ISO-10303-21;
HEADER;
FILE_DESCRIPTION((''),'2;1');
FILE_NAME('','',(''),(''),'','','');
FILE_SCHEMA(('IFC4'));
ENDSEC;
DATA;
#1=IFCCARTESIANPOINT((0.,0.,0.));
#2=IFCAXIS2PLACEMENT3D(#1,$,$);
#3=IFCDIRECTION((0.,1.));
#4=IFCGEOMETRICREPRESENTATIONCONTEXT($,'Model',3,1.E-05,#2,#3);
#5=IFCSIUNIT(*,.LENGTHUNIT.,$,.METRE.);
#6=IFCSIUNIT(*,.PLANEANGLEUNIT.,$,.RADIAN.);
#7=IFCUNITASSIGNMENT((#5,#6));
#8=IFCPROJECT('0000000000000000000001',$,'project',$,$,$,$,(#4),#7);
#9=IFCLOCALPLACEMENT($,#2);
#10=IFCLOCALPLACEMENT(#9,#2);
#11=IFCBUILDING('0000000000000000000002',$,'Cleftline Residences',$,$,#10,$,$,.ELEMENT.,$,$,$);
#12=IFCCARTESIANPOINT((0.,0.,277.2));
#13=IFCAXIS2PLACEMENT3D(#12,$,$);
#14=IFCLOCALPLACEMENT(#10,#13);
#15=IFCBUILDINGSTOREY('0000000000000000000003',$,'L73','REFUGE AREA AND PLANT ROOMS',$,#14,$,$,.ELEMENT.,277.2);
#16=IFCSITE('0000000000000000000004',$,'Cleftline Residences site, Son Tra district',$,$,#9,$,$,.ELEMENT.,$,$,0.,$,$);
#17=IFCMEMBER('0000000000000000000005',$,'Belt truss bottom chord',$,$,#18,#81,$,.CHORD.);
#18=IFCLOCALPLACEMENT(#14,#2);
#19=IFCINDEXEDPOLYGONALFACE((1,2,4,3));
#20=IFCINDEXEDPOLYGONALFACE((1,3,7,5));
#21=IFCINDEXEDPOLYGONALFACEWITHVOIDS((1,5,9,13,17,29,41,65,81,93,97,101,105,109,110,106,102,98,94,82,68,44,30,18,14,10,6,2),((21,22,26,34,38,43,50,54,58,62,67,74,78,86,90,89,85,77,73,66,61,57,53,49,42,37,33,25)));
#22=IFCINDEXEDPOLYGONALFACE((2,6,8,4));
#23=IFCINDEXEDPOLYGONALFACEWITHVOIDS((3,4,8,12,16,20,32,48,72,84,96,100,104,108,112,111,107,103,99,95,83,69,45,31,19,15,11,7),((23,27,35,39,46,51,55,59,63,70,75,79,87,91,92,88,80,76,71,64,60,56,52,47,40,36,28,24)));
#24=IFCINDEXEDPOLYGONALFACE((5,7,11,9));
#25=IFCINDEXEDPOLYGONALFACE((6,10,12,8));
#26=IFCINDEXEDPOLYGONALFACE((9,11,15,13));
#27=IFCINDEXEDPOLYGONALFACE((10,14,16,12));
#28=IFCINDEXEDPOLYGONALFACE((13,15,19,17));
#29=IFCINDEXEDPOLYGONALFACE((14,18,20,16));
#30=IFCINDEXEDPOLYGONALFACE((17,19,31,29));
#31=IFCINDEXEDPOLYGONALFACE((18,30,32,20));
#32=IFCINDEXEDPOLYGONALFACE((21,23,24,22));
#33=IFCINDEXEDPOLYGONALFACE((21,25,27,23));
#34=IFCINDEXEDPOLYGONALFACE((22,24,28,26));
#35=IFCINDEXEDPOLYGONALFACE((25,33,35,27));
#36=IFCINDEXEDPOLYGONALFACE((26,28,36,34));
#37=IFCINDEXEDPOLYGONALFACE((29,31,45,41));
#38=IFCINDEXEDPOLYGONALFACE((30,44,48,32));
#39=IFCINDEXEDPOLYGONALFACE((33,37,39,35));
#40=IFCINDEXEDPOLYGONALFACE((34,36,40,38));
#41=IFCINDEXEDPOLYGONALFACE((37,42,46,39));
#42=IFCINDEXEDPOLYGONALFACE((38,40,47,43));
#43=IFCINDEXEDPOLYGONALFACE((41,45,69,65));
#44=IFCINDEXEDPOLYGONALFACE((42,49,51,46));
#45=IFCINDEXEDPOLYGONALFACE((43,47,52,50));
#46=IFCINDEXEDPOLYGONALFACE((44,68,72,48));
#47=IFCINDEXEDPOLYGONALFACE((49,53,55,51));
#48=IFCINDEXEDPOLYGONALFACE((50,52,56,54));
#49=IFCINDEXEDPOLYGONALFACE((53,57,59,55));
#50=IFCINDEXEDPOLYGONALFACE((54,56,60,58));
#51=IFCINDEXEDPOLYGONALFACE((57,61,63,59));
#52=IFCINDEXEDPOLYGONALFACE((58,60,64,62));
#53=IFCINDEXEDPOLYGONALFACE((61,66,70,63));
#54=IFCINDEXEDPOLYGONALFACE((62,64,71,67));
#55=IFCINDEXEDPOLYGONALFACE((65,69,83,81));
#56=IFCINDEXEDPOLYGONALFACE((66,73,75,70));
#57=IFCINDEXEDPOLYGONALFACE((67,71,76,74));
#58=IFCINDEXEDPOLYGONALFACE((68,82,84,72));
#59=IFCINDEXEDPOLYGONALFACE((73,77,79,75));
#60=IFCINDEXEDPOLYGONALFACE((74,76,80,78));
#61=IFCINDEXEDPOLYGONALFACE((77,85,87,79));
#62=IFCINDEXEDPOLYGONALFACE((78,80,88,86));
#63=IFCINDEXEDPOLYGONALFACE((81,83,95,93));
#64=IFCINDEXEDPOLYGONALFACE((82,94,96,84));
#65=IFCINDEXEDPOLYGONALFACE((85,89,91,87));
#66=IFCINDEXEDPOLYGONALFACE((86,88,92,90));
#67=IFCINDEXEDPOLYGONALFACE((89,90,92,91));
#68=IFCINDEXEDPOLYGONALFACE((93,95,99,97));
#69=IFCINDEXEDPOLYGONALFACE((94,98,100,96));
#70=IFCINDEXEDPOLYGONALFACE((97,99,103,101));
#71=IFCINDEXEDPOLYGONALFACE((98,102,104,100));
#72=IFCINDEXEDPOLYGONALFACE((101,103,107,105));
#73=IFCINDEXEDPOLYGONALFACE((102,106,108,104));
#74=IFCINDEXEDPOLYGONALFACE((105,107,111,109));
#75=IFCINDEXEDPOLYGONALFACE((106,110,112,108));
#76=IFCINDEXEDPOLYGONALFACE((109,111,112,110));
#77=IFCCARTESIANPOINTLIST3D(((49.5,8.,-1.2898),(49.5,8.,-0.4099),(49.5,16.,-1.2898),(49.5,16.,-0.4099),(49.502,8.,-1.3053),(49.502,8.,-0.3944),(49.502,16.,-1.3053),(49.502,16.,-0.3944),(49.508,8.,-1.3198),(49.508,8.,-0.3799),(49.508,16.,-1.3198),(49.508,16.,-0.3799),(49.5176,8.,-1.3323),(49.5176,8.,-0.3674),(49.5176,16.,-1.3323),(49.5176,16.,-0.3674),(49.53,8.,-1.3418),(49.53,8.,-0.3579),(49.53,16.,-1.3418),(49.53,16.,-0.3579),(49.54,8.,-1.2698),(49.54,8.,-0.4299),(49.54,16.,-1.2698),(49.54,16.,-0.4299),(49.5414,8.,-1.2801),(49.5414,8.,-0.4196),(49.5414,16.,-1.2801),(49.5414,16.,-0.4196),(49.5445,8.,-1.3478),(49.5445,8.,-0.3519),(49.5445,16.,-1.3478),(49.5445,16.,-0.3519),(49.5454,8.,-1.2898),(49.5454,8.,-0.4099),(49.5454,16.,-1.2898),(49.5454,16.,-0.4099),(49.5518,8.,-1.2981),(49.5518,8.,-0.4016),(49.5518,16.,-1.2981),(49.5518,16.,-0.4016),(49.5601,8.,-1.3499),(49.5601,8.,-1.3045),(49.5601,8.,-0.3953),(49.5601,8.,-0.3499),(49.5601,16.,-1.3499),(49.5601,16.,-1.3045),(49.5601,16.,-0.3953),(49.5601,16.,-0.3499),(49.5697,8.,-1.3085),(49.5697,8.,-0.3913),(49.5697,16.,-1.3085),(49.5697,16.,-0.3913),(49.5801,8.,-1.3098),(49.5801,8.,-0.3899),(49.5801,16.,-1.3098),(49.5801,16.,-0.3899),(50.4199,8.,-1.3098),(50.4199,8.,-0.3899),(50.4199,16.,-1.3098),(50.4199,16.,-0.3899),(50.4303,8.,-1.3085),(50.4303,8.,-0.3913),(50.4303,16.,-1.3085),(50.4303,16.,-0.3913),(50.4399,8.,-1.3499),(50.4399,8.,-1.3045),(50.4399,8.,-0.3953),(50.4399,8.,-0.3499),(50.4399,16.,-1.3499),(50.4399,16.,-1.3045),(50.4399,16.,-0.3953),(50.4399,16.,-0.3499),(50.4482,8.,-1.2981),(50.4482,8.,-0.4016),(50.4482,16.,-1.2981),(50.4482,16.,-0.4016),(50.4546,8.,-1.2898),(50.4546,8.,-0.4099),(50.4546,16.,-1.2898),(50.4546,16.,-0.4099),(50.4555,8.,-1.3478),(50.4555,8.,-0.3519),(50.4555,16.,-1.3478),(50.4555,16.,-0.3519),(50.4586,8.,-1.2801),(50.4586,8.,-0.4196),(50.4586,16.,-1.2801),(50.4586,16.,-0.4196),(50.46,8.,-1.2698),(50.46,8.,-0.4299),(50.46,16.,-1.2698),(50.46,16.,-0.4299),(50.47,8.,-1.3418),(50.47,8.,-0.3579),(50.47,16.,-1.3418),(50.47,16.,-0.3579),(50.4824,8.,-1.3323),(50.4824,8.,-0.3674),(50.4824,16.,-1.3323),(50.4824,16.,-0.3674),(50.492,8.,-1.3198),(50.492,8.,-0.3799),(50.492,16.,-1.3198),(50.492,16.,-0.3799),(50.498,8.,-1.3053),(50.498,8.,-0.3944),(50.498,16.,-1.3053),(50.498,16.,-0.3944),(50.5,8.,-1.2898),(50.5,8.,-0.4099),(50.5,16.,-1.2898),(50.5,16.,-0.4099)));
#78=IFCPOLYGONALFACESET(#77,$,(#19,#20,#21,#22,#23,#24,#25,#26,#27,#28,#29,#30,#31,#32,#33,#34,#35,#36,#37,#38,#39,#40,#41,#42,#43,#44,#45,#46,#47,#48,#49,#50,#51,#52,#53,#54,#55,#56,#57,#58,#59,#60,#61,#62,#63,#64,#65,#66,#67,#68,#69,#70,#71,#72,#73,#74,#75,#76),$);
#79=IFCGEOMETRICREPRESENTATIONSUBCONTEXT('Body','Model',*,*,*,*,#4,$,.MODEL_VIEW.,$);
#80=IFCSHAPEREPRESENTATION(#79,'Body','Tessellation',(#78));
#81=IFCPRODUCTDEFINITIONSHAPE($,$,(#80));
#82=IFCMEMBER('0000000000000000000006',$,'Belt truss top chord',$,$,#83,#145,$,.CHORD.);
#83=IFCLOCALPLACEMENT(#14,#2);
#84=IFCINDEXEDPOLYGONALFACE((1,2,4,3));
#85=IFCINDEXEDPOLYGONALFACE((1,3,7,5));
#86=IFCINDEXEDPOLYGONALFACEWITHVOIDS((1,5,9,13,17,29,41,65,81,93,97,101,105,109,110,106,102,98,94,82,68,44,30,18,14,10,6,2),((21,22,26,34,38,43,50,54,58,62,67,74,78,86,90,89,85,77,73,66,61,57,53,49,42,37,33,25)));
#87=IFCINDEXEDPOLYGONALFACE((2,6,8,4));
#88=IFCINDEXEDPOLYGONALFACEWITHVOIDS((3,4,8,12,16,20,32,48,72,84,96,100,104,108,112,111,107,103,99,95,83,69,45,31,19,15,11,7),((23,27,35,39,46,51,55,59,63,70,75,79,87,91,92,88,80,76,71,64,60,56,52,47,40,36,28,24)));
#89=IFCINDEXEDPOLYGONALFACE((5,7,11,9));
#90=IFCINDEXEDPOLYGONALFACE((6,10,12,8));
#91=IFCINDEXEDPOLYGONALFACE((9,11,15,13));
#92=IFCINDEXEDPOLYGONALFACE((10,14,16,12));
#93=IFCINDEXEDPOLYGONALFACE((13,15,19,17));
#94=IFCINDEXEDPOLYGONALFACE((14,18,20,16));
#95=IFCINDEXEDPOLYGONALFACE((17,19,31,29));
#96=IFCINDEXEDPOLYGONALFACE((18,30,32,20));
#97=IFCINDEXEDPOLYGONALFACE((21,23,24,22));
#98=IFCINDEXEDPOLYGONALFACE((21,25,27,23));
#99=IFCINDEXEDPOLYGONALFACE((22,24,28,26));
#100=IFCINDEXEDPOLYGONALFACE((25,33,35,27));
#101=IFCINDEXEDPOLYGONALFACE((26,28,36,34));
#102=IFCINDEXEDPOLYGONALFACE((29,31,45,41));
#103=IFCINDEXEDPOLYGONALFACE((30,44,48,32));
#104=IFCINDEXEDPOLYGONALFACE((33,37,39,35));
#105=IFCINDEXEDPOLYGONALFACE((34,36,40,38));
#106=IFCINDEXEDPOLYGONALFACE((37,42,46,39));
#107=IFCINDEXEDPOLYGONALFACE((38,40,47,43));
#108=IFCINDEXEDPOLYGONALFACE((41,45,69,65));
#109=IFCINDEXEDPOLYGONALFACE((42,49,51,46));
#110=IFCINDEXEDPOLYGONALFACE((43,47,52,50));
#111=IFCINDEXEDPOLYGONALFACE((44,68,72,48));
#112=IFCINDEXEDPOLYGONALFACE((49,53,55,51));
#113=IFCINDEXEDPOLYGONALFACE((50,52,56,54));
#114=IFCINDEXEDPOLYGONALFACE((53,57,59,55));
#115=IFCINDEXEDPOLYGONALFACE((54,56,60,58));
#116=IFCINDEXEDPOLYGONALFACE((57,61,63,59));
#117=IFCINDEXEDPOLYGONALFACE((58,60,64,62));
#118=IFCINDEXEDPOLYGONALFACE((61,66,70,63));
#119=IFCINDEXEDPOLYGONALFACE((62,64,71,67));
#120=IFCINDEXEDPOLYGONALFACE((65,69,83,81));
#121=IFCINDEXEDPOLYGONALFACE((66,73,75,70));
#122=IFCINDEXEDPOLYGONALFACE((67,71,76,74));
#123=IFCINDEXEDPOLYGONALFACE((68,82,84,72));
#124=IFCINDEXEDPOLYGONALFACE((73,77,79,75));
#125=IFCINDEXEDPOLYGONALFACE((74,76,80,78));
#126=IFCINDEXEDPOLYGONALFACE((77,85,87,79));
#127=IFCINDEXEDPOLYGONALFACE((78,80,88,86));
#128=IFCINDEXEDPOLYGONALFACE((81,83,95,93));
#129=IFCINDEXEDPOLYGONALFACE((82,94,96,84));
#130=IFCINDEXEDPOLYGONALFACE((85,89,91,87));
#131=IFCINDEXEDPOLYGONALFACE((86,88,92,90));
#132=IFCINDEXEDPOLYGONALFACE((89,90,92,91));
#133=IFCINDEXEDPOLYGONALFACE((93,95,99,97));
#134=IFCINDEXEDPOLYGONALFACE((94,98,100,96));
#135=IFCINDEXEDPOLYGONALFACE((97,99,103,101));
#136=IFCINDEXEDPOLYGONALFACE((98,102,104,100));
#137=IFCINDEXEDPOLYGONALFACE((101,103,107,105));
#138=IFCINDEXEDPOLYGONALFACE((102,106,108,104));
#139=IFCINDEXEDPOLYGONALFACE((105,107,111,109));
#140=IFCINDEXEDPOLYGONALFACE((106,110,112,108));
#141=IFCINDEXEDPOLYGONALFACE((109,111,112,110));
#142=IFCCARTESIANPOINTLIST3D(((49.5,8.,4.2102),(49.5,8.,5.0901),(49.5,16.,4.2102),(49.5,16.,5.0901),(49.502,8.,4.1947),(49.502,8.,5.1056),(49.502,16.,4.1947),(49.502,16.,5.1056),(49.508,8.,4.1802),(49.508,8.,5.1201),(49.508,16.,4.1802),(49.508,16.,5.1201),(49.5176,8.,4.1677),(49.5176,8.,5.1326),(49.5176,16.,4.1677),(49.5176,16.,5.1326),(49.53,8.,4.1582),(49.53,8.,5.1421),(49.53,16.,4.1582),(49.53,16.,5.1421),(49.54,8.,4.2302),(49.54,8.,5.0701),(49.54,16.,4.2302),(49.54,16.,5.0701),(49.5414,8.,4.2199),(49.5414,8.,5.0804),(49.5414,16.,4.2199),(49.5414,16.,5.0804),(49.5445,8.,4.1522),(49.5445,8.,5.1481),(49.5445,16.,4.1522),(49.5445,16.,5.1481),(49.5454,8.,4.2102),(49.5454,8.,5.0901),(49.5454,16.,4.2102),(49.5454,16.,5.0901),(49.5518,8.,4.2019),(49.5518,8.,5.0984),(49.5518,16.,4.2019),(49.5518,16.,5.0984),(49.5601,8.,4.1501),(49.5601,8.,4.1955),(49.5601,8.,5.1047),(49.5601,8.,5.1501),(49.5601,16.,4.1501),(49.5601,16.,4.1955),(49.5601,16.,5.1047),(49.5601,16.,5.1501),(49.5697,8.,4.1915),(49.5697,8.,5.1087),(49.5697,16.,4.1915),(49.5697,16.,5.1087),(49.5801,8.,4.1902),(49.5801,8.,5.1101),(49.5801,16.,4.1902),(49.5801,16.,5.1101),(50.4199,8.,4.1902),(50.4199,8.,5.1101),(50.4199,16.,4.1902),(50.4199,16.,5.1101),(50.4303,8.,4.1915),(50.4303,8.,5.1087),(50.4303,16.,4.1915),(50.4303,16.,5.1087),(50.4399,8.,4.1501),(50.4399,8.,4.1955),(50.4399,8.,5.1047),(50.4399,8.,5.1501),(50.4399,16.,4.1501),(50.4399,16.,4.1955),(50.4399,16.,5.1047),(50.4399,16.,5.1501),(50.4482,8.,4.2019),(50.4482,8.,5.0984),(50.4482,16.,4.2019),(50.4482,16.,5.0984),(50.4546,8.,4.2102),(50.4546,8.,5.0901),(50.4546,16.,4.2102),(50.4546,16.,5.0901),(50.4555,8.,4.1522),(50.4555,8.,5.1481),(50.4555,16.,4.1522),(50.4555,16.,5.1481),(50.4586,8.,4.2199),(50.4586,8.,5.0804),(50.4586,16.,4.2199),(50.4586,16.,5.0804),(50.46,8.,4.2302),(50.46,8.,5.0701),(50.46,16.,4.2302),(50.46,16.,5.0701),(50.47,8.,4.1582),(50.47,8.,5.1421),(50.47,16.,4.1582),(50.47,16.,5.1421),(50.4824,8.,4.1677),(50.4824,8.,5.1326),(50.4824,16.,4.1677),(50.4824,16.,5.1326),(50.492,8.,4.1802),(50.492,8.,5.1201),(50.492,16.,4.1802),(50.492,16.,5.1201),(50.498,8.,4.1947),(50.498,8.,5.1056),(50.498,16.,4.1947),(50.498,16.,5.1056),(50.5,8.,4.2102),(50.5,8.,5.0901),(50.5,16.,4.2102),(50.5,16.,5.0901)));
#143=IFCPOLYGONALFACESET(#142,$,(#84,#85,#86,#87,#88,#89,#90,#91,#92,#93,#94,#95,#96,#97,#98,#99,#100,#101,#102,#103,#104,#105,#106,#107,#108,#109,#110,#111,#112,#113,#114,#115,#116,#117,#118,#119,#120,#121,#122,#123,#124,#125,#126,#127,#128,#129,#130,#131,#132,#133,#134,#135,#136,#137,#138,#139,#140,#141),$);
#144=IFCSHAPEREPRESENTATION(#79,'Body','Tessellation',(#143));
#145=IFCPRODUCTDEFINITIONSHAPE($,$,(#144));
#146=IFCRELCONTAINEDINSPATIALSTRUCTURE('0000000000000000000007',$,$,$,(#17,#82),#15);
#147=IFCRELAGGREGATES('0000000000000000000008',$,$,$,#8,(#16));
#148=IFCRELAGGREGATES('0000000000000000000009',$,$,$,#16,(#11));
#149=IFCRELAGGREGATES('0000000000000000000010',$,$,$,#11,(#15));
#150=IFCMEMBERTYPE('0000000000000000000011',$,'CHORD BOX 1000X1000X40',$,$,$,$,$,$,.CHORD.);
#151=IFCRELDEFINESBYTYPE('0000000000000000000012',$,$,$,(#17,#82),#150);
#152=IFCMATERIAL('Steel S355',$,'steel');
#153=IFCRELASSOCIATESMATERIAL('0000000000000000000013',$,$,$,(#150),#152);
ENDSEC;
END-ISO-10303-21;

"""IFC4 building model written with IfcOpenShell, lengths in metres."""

from ifc_helpers import new_model, si_unit, direction, frame, origin, origin_2d, place, context, subcontext, project, spatial, hollow_rectangle, extrude, material, material_profile, profile_set, type_object, element, save


model = new_model("IFC4")

# Units and contexts
model_context = context("Model", 3, precision=1e-05, world=origin(), true_north=direction((0.0, 1.0)))
body_context = subcontext(model_context, "Body", "Model", "MODEL_VIEW")
ifc_project = project(units=[si_unit("LENGTHUNIT", "METRE"), si_unit("PLANEANGLEUNIT", "RADIAN")], contexts=[model_context])

# Site, building, storey
site_placement = place(None, origin())
site = spatial("IfcSite", under=ifc_project, at=site_placement, Name="Cleftline Residences site, Son Tra district", CompositionType="ELEMENT", RefElevation=0.0)
building_placement = place(site_placement, origin())
building = spatial("IfcBuilding", under=site, at=building_placement, Name="Cleftline Residences", CompositionType="ELEMENT")
storey_placement = place(building_placement, frame((0.0, 0.0, 277.2)))
storey = spatial("IfcBuildingStorey", under=building, at=storey_placement, Name="L73", Description="REFUGE AREA AND PLANT ROOMS", CompositionType="ELEMENT", Elevation=277.2)

# Members
ifc_material_1 = material(Name="Steel S355", Category="steel")
ifc_material_profile_1 = material_profile(ifc_material_1, hollow_rectangle(XDim=1.0, YDim=1.0, WallThickness=0.04, InnerFilletRadius=0.04, OuterFilletRadius=0.0601, at=origin_2d()))
ifc_profile_set_1 = profile_set([ifc_material_profile_1], Name="Steel S355")
member_type_1 = type_object("IfcMemberType", Name="CHORD BOX 1000X1000X40", PredefinedType="CHORD", material=ifc_profile_set_1)
for number, where, z_axis, x_axis, name in (
    (1, (50.0, 8.0, -0.8499), (0.0, 1.0, 0.0), (-1.0, 0.0, 0.0), "Belt truss bottom chord"),
    (2, (50.0, 8.0, 4.6501), (0.0, 1.0, 0.0), (-1.0, 0.0, 0.0), "Belt truss top chord"),
):
    element("IfcMember", number, at=place(storey_placement, frame(where, z_axis=z_axis, x_axis=x_axis)), inside=storey, type_object=member_type_1, Name=name, PredefinedType="CHORD", context=body_context, shape_type="SweptSolid", body=[
        extrude(hollow_rectangle(XDim=1.0, YDim=1.0, WallThickness=0.04, InnerFilletRadius=0.04, OuterFilletRadius=0.0601, at=origin_2d()), origin(), (0.0, 0.0, 1.0), 8.0),
    ])

save(model, "model.ifc")
